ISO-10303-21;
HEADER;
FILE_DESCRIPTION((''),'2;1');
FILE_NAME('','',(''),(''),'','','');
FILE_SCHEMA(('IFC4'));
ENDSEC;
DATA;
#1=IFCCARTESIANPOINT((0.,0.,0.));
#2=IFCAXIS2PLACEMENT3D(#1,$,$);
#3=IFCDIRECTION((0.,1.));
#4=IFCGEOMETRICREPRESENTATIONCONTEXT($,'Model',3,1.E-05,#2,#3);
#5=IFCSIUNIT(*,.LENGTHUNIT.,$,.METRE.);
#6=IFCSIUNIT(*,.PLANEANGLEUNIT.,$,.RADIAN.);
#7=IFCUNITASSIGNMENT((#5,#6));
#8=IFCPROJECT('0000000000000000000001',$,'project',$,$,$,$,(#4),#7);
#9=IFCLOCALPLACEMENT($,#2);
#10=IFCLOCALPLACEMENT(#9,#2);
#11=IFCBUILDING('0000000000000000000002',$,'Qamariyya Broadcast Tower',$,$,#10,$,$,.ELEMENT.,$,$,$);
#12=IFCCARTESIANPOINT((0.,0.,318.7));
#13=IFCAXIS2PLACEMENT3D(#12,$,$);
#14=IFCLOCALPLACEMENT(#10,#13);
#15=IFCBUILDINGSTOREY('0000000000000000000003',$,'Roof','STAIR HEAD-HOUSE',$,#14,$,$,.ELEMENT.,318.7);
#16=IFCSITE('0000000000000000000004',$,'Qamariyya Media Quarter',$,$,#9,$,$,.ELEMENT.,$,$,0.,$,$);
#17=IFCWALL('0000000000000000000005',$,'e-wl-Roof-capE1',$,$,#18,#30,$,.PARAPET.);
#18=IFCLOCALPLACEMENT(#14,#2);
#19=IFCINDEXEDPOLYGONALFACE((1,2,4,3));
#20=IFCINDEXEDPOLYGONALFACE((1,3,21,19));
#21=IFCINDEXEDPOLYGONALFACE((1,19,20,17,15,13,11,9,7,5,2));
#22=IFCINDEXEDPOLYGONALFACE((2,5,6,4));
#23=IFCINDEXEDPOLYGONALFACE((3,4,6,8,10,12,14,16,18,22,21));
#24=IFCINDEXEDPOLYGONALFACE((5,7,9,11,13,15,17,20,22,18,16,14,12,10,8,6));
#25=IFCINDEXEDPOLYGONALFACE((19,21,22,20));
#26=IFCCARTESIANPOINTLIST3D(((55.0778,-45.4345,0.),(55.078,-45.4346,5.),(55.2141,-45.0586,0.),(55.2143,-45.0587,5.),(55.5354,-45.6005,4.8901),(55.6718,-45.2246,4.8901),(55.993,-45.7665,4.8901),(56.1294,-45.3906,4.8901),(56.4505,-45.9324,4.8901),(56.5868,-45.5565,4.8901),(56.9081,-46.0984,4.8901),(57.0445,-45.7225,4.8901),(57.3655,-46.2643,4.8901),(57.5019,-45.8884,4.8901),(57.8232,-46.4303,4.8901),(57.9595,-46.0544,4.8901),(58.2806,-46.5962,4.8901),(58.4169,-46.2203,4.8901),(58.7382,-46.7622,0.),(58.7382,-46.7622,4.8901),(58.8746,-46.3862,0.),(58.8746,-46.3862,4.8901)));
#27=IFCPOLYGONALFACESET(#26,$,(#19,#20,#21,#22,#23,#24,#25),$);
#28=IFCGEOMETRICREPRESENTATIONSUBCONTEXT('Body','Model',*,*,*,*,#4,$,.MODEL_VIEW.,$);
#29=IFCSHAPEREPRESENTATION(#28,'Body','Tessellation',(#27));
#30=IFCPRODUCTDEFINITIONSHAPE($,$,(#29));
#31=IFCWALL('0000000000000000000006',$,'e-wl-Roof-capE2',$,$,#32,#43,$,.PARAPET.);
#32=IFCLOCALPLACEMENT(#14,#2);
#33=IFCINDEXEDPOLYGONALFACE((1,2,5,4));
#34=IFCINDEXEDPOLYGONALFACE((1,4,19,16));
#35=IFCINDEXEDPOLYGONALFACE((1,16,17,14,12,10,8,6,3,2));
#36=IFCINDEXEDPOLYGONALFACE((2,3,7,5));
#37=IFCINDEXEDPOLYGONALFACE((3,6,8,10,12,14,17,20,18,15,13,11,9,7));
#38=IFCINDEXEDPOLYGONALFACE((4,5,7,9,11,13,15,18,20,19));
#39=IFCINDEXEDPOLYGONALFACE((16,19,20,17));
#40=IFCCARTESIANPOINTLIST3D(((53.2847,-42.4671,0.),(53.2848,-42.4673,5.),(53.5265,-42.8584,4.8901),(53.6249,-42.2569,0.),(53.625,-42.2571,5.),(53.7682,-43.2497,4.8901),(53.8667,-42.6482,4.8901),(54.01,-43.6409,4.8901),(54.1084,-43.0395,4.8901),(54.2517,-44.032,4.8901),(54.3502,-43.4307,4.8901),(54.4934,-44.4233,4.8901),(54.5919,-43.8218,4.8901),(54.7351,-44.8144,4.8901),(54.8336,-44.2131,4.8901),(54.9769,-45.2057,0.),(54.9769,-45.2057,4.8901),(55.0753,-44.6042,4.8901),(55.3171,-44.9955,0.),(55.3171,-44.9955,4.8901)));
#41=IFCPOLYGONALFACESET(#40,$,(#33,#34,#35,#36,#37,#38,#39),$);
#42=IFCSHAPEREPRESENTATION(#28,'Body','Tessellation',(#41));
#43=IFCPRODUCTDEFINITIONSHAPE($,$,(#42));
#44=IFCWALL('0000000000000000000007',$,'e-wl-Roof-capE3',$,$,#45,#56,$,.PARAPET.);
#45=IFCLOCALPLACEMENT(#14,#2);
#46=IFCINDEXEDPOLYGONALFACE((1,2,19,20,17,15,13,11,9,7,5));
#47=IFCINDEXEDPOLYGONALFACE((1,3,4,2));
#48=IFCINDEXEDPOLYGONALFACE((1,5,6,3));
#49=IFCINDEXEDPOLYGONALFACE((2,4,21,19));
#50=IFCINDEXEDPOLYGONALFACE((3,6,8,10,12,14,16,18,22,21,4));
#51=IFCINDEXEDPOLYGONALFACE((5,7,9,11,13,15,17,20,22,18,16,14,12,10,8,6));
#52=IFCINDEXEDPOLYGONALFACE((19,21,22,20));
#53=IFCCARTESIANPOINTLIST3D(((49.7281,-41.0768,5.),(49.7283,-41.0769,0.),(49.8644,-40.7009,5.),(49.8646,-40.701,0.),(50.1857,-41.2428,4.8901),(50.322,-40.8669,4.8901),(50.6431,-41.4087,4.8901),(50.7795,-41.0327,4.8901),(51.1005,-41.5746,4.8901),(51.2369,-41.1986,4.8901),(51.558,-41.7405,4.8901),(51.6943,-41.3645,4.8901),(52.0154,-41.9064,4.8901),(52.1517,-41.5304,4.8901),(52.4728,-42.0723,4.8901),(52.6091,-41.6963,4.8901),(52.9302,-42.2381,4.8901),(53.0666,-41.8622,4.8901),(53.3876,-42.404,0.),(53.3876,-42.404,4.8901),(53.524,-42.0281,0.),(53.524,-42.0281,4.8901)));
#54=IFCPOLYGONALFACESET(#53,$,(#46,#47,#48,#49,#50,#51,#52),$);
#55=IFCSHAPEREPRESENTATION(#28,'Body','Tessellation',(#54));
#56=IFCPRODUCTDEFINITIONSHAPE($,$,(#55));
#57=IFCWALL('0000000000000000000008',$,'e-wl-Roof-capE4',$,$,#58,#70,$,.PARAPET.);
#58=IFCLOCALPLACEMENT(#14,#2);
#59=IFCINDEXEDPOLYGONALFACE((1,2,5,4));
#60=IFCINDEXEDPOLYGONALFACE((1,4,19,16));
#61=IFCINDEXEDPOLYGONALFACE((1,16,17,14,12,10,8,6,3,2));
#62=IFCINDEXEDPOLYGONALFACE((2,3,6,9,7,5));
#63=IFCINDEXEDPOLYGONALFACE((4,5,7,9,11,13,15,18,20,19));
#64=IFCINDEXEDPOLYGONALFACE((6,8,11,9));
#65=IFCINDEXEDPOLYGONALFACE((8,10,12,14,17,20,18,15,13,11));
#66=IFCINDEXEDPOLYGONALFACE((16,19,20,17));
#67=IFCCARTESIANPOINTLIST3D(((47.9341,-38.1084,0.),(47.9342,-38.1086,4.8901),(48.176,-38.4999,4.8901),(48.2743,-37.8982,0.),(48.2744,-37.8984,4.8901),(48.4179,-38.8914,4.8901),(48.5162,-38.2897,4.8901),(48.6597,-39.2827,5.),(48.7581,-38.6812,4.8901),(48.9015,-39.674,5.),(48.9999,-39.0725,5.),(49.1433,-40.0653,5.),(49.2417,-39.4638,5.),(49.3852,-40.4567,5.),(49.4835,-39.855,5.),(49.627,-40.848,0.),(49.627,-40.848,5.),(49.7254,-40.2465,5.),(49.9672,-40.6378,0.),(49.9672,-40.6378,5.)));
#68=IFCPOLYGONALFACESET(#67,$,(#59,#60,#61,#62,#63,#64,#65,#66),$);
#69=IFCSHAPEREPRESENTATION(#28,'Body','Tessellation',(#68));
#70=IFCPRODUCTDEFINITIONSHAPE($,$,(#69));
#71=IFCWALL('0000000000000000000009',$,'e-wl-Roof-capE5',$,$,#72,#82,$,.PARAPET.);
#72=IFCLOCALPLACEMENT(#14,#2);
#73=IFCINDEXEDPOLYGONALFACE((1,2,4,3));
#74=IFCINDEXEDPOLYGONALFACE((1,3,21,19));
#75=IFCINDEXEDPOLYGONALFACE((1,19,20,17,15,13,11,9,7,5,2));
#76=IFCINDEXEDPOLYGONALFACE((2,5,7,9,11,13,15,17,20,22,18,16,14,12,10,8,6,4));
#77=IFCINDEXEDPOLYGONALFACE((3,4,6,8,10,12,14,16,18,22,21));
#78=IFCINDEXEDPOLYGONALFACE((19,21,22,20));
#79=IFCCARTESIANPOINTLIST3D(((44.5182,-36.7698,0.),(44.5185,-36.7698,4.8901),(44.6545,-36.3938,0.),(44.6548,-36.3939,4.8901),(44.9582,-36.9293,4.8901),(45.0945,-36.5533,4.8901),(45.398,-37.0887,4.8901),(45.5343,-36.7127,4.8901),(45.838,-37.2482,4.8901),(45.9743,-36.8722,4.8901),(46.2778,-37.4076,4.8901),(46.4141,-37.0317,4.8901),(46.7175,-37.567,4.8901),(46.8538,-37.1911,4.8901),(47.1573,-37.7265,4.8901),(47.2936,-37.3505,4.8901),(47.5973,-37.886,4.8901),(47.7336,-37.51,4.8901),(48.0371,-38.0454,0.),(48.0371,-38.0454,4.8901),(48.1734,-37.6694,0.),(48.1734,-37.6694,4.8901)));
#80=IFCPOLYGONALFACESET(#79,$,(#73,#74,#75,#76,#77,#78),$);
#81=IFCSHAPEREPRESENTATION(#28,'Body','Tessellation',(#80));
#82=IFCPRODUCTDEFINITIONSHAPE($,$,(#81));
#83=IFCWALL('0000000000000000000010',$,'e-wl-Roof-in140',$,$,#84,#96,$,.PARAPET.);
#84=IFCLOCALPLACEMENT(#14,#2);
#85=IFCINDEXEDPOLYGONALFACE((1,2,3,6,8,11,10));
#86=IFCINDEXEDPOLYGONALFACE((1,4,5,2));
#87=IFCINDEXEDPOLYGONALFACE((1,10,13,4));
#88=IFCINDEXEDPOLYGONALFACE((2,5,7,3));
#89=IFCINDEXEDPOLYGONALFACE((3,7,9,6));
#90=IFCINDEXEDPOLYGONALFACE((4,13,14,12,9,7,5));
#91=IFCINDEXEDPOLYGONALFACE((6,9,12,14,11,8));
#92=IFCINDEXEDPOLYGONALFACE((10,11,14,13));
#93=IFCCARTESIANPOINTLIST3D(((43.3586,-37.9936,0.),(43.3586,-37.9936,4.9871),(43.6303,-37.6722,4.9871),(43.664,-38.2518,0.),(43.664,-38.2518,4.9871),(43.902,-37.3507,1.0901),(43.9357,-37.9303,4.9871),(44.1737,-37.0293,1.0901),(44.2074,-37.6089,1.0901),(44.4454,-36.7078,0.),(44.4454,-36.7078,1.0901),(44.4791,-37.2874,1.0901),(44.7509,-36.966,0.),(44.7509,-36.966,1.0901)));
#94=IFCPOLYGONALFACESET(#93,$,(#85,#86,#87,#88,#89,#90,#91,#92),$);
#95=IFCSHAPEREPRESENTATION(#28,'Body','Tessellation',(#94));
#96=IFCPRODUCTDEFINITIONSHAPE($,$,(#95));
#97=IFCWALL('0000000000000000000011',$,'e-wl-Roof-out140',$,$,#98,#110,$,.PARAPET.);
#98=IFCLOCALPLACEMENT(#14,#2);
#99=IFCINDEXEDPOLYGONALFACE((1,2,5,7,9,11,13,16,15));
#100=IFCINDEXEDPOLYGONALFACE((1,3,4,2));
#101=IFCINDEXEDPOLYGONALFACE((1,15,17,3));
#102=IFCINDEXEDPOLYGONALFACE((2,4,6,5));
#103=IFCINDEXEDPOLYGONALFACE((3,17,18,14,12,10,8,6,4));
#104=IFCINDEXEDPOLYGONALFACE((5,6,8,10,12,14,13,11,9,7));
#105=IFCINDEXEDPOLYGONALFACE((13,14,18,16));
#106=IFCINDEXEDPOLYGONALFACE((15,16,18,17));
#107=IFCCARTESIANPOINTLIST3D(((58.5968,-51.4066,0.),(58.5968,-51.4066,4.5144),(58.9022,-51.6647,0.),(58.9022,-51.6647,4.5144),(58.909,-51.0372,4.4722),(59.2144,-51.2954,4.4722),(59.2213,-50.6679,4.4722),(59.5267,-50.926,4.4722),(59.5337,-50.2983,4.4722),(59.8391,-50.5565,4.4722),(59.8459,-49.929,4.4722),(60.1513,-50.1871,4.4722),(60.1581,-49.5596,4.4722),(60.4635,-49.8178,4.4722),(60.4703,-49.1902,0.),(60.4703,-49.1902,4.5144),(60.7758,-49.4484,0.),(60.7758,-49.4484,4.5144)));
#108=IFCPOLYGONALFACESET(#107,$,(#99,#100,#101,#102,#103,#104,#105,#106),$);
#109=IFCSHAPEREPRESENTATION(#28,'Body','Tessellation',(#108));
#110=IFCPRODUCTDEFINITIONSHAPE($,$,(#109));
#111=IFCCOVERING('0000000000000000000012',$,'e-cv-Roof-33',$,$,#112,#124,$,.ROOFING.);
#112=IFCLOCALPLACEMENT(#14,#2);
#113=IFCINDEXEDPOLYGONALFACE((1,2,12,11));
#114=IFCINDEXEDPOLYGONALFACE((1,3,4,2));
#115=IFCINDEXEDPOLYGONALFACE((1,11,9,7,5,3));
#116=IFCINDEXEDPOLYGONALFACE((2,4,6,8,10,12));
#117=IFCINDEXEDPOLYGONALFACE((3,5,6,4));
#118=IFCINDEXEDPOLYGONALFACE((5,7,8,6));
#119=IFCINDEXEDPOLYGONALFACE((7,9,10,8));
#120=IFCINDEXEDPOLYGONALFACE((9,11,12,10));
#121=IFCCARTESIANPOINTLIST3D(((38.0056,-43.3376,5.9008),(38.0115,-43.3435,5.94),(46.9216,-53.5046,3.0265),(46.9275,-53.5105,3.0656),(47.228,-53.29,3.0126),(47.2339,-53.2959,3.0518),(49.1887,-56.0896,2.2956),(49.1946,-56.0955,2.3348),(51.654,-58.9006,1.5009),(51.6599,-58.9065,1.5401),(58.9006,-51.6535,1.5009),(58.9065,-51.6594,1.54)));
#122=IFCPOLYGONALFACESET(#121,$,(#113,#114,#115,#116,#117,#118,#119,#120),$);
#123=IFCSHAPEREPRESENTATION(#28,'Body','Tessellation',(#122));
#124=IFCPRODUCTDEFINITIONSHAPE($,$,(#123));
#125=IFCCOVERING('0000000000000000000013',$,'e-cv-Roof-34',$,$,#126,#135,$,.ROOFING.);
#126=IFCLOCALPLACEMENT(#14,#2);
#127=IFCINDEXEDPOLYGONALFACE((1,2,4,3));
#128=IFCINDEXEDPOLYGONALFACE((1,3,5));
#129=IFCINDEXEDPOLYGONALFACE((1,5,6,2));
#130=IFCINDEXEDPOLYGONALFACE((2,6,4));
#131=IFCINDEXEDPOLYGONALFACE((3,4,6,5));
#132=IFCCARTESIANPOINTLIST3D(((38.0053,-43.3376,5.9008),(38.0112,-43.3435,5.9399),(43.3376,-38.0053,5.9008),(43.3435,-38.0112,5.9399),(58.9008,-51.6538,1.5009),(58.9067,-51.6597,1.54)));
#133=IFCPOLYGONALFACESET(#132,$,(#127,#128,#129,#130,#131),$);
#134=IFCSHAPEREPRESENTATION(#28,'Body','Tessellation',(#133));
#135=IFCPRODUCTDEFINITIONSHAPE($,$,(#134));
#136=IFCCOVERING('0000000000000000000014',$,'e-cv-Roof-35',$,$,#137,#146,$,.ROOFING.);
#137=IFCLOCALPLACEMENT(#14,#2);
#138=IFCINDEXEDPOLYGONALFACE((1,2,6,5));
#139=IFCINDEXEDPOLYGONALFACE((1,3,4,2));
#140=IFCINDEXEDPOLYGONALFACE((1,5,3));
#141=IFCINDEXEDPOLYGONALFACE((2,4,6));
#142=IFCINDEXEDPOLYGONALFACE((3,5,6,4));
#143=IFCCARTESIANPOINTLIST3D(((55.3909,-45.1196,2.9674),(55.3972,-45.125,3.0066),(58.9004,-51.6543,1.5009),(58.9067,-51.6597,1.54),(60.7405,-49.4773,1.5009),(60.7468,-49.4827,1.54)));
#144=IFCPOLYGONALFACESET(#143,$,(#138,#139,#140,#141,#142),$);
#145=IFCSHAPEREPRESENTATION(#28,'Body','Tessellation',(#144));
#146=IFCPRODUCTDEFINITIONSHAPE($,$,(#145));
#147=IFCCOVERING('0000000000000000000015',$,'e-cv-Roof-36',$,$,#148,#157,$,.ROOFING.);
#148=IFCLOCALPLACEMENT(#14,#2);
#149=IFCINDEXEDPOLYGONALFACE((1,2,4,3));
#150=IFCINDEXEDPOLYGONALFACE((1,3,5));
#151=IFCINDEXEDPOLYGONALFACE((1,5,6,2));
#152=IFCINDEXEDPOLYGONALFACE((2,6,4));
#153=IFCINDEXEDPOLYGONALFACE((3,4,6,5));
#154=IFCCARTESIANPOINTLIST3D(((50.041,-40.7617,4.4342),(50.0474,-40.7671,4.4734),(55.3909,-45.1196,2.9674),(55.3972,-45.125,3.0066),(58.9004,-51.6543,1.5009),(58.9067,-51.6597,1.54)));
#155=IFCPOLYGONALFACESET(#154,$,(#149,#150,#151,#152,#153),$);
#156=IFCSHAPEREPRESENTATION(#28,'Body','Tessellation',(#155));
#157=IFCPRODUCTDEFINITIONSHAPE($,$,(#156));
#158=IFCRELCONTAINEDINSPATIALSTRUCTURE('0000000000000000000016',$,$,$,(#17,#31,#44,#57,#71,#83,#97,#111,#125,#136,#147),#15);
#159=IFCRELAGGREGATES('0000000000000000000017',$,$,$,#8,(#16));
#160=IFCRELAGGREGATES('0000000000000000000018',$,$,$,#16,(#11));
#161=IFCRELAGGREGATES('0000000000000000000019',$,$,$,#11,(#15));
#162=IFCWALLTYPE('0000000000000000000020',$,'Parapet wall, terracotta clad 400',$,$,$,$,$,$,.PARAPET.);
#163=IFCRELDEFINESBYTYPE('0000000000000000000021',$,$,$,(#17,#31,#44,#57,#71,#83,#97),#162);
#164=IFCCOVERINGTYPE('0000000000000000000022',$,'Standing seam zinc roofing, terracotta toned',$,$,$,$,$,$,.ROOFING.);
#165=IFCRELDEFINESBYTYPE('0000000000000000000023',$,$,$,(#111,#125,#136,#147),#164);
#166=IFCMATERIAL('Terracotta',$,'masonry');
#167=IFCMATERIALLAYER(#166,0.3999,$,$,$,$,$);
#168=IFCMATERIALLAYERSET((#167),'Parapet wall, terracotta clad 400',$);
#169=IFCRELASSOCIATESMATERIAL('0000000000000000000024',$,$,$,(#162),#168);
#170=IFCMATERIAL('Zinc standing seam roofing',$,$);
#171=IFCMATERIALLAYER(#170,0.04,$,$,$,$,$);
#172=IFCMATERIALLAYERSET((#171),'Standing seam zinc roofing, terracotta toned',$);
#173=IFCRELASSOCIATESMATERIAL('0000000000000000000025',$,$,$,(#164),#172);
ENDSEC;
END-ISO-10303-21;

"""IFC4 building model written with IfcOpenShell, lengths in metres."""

from ifc_helpers import new_model, si_unit, direction, frame, origin, place, context, subcontext, project, spatial, polyline, outline, extrude, material, layer, layer_set, type_object, element, save


model = new_model("IFC4")

# Units and contexts
model_context = context("Model", 3, precision=1e-05, world=origin(), true_north=direction((0.0, 1.0)))
body_context = subcontext(model_context, "Body", "Model", "MODEL_VIEW")
ifc_project = project(units=[si_unit("LENGTHUNIT", "METRE"), si_unit("PLANEANGLEUNIT", "RADIAN")], contexts=[model_context])

# Site, building, storey
site_placement = place(None, origin())
site = spatial("IfcSite", under=ifc_project, at=site_placement, Name="Qamariyya Media Quarter", CompositionType="ELEMENT", RefElevation=0.0)
building_placement = place(site_placement, origin())
building = spatial("IfcBuilding", under=site, at=building_placement, Name="Qamariyya Broadcast Tower", CompositionType="ELEMENT")
storey_placement = place(building_placement, frame((0.0, 0.0, 318.7)))
storey = spatial("IfcBuildingStorey", under=building, at=storey_placement, Name="Roof", Description="STAIR HEAD-HOUSE", CompositionType="ELEMENT", Elevation=318.7)

# Walls
ifc_material_1 = material(Name="Terracotta", Category="masonry")
ifc_layer_1 = layer(ifc_material_1, 0.3999)
ifc_layer_set_1 = layer_set([ifc_layer_1], Name="Parapet wall, terracotta clad 400")
wall_type = type_object("IfcWallType", Name="Parapet wall, terracotta clad 400", PredefinedType="PARAPET", material=ifc_layer_set_1)
wall_1_placement = place(storey_placement, frame((58.8064, -46.5742, 0.0), z_axis=(0.0, 0.0, 1.0), x_axis=(-0.940075, 0.340968, 0.0)))
element("IfcWall", 1, at=wall_1_placement, inside=storey, type_object=wall_type, Name="e-wl-Roof-capE1", PredefinedType="PARAPET", context=body_context, shape_type="SweptSolid", body=[
    extrude(outline(polyline([(0.0, 0.0), (3.8938, 0.0), (3.8936, 5.0), (3.407, 4.8901), (2.9202, 4.8901), (2.4336, 4.8901), (1.9468, 4.8901), (1.4602, 4.8901), (0.9734, 4.8901), (0.4868, 4.8901), (0.0, 4.8901), (0.0, 0.0)])), frame((0.0, 0.2, 0.0), z_axis=(0.0, -1.0, 0.0), x_axis=(1.0, 0.0, 0.0)), (0.0, 0.0, 1.0), 0.3999),
])
wall_2_placement = place(storey_placement, frame((55.147, -45.1006, 0.0), z_axis=(0.0, 0.0, 1.0), x_axis=(-0.525649, 0.850701, 0.0)))
element("IfcWall", 2, at=wall_2_placement, inside=storey, type_object=wall_type, Name="e-wl-Roof-capE2", PredefinedType="PARAPET", context=body_context, shape_type="SweptSolid", body=[
    extrude(outline(polyline([(0.0, 0.0), (3.2192, 0.0), (3.219, 5.0), (2.7593, 4.8901), (2.2993, 4.8901), (1.8394, 4.8901), (1.3796, 4.8901), (0.9197, 4.8901), (0.46, 4.8901), (0.0, 4.8901), (0.0, 0.0)])), frame((0.0, 0.2, 0.0), z_axis=(0.0, -1.0, 0.0), x_axis=(1.0, 0.0, 0.0)), (0.0, 0.0, 1.0), 0.3999),
])
wall_3_placement = place(storey_placement, frame((53.4558, -42.2161, 0.0), z_axis=(0.0, 0.0, 1.0), x_axis=(-0.940086, 0.340937, 0.0)))
element("IfcWall", 3, at=wall_3_placement, inside=storey, type_object=wall_type, Name="e-wl-Roof-capE3", PredefinedType="PARAPET", context=body_context, shape_type="SweptSolid", body=[
    extrude(outline(polyline([(0.0, 0.0), (3.8926, 0.0), (3.8928, 5.0), (3.406, 4.8901), (2.9194, 4.8901), (2.4329, 4.8901), (1.9463, 4.8901), (1.4597, 4.8901), (0.9731, 4.8901), (0.4866, 4.8901), (0.0, 4.8901), (0.0, 0.0)])), frame((0.0, 0.2, 0.0), z_axis=(0.0, -1.0, 0.0), x_axis=(1.0, 0.0, 0.0)), (0.0, 0.0, 1.0), 0.3999),
])
wall_4_placement = place(storey_placement, frame((49.7971, -40.7429, 0.0), z_axis=(0.0, 0.0, 1.0), x_axis=(-0.525678, 0.850683, 0.0)))
element("IfcWall", 4, at=wall_4_placement, inside=storey, type_object=wall_type, Name="e-wl-Roof-capE4", PredefinedType="PARAPET", context=body_context, shape_type="SweptSolid", body=[
    extrude(outline(polyline([(0.0, 0.0), (3.2205, 0.0), (3.2202, 4.8901), (2.7603, 4.8901), (2.3, 4.8901), (1.8401, 5.0), (1.3801, 5.0), (0.9202, 5.0), (0.46, 5.0), (0.0, 5.0), (0.0, 0.0)])), frame((0.0, 0.2, 0.0), z_axis=(0.0, -1.0, 0.0), x_axis=(1.0, 0.0, 0.0)), (0.0, 0.0, 1.0), 0.3999),
])
wall_5_placement = place(storey_placement, frame((48.1052, -37.8574, 0.0), z_axis=(0.0, 0.0, 1.0), x_axis=(-0.94013, 0.340816, 0.0)))
element("IfcWall", 5, at=wall_5_placement, inside=storey, type_object=wall_type, Name="e-wl-Roof-capE5", PredefinedType="PARAPET", context=body_context, shape_type="SweptSolid", body=[
    extrude(outline(polyline([(0.0, 0.0), (3.7429, 0.0), (3.7427, 4.8901), (3.2749, 4.8901), (2.8071, 4.8901), (2.3391, 4.8901), (1.8713, 4.8901), (1.4036, 4.8901), (0.9358, 4.8901), (0.4678, 4.8901), (0.0, 4.8901), (0.0, 0.0)])), frame((0.0, 0.2, 0.0), z_axis=(0.0, -1.0, 0.0), x_axis=(1.0, 0.0, 0.0)), (0.0, 0.0, 1.0), 0.3999),
])
wall_6_placement = place(storey_placement, frame((44.5981, -36.8369, 0.0), z_axis=(0.0, 0.0, 1.0), x_axis=(-0.645546, -0.763722, 0.0)))
element("IfcWall", 6, at=wall_6_placement, inside=storey, type_object=wall_type, Name="e-wl-Roof-in140", PredefinedType="PARAPET", context=body_context, shape_type="SweptSolid", body=[
    extrude(outline(polyline([(0.0, 0.0), (1.6836, 0.0), (1.6836, 4.9871), (1.2627, 4.9871), (0.8418, 1.0901), (0.4209, 1.0901), (0.0, 1.0901), (0.0, 0.0)])), frame((0.0, 0.2, 0.0), z_axis=(0.0, -1.0, 0.0), x_axis=(1.0, 0.0, 0.0)), (0.0, 0.0, 1.0), 0.3999),
])
wall_7_placement = place(storey_placement, frame((58.7495, -51.5356, 0.0), z_axis=(0.0, 0.0, 1.0), x_axis=(0.64558, 0.763693, 0.0)))
element("IfcWall", 7, at=wall_7_placement, inside=storey, type_object=wall_type, Name="e-wl-Roof-out140", PredefinedType="PARAPET", context=body_context, shape_type="SweptSolid", body=[
    extrude(outline(polyline([(0.0, 0.0), (2.9021, 0.0), (2.9021, 4.5144), (2.4185, 4.4722), (1.9348, 4.4722), (1.4512, 4.4722), (0.9673, 4.4722), (0.4836, 4.4722), (0.0, 4.5144), (0.0, 0.0)])), frame((0.0, 0.2, 0.0), z_axis=(0.0, -1.0, 0.0), x_axis=(1.0, 0.0, 0.0)), (0.0, 0.0, 1.0), 0.3999),
])

# Coverings
ifc_material_2 = material(Name="Zinc standing seam roofing")
ifc_layer_2 = layer(ifc_material_2, 0.04)
ifc_layer_set_2 = layer_set([ifc_layer_2], Name="Standing seam zinc roofing, terracotta toned")
covering_type = type_object("IfcCoveringType", Name="Standing seam zinc roofing, terracotta toned", PredefinedType="ROOFING", material=ifc_layer_set_2)
covering_1_placement = place(storey_placement, frame((58.9065, -51.6594, 1.54), z_axis=(0.147324, -0.147312, 0.978057), x_axis=(-0.911833, 0.362896, 0.192007)))
element("IfcCovering", 8, at=covering_1_placement, inside=storey, type_object=covering_type, Name="e-cv-Roof-33", PredefinedType="ROOFING", context=body_context, shape_type="SweptSolid", body=[
    extrude(outline(polyline([(0.0, 0.0), (22.9154, 0.0), (10.544, 6.1704), (10.3399, 5.8567), (7.3984, 7.7392), (3.9777, 9.4451), (0.0, 0.0)])), origin(), (0.0, 0.0, -1.0), 0.04),
])
covering_2_placement = place(storey_placement, frame((58.9067, -51.6597, 1.54), z_axis=(0.147316, -0.147316, 0.978057), x_axis=(-0.735414, 0.644934, 0.20791)))
element("IfcCovering", 9, at=covering_2_placement, inside=storey, type_object=covering_type, Name="e-cv-Roof-34", PredefinedType="ROOFING", context=body_context, shape_type="SweptSolid", body=[
    extrude(outline(polyline([(0.0, 0.0), (21.1625, 0.0), (21.645, 7.5255), (0.0, 0.0)])), origin(), (0.0, 0.0, -1.0), 0.04),
])
covering_3_placement = place(storey_placement, frame((58.9067, -51.6597, 1.54), z_axis=(0.158808, -0.134231, 0.978142), x_axis=(0.645535, 0.763731, 0.0)))
element("IfcCovering", 10, at=covering_3_placement, inside=storey, type_object=covering_type, Name="e-cv-Roof-35", PredefinedType="ROOFING", context=body_context, shape_type="SweptSolid", body=[
    extrude(outline(polyline([(0.0, 0.0), (2.8505, 0.0), (2.7252, 7.0528), (0.0, 0.0)])), origin(), (0.0, 0.0, -1.0), 0.04),
])
covering_4_placement = place(storey_placement, frame((58.9067, -51.6597, 1.54), z_axis=(0.158863, -0.134201, 0.978137), x_axis=(-0.464158, 0.864255, 0.193962)))
element("IfcCovering", 11, at=covering_4_placement, inside=storey, type_object=covering_type, Name="e-cv-Roof-36", PredefinedType="ROOFING", context=body_context, shape_type="SweptSolid", body=[
    extrude(outline(polyline([(0.0, 0.0), (7.561, 0.0), (14.0951, 2.659), (0.0, 0.0)])), origin(), (0.0, 0.0, -1.0), 0.04),
])

save(model, "model.ifc")
